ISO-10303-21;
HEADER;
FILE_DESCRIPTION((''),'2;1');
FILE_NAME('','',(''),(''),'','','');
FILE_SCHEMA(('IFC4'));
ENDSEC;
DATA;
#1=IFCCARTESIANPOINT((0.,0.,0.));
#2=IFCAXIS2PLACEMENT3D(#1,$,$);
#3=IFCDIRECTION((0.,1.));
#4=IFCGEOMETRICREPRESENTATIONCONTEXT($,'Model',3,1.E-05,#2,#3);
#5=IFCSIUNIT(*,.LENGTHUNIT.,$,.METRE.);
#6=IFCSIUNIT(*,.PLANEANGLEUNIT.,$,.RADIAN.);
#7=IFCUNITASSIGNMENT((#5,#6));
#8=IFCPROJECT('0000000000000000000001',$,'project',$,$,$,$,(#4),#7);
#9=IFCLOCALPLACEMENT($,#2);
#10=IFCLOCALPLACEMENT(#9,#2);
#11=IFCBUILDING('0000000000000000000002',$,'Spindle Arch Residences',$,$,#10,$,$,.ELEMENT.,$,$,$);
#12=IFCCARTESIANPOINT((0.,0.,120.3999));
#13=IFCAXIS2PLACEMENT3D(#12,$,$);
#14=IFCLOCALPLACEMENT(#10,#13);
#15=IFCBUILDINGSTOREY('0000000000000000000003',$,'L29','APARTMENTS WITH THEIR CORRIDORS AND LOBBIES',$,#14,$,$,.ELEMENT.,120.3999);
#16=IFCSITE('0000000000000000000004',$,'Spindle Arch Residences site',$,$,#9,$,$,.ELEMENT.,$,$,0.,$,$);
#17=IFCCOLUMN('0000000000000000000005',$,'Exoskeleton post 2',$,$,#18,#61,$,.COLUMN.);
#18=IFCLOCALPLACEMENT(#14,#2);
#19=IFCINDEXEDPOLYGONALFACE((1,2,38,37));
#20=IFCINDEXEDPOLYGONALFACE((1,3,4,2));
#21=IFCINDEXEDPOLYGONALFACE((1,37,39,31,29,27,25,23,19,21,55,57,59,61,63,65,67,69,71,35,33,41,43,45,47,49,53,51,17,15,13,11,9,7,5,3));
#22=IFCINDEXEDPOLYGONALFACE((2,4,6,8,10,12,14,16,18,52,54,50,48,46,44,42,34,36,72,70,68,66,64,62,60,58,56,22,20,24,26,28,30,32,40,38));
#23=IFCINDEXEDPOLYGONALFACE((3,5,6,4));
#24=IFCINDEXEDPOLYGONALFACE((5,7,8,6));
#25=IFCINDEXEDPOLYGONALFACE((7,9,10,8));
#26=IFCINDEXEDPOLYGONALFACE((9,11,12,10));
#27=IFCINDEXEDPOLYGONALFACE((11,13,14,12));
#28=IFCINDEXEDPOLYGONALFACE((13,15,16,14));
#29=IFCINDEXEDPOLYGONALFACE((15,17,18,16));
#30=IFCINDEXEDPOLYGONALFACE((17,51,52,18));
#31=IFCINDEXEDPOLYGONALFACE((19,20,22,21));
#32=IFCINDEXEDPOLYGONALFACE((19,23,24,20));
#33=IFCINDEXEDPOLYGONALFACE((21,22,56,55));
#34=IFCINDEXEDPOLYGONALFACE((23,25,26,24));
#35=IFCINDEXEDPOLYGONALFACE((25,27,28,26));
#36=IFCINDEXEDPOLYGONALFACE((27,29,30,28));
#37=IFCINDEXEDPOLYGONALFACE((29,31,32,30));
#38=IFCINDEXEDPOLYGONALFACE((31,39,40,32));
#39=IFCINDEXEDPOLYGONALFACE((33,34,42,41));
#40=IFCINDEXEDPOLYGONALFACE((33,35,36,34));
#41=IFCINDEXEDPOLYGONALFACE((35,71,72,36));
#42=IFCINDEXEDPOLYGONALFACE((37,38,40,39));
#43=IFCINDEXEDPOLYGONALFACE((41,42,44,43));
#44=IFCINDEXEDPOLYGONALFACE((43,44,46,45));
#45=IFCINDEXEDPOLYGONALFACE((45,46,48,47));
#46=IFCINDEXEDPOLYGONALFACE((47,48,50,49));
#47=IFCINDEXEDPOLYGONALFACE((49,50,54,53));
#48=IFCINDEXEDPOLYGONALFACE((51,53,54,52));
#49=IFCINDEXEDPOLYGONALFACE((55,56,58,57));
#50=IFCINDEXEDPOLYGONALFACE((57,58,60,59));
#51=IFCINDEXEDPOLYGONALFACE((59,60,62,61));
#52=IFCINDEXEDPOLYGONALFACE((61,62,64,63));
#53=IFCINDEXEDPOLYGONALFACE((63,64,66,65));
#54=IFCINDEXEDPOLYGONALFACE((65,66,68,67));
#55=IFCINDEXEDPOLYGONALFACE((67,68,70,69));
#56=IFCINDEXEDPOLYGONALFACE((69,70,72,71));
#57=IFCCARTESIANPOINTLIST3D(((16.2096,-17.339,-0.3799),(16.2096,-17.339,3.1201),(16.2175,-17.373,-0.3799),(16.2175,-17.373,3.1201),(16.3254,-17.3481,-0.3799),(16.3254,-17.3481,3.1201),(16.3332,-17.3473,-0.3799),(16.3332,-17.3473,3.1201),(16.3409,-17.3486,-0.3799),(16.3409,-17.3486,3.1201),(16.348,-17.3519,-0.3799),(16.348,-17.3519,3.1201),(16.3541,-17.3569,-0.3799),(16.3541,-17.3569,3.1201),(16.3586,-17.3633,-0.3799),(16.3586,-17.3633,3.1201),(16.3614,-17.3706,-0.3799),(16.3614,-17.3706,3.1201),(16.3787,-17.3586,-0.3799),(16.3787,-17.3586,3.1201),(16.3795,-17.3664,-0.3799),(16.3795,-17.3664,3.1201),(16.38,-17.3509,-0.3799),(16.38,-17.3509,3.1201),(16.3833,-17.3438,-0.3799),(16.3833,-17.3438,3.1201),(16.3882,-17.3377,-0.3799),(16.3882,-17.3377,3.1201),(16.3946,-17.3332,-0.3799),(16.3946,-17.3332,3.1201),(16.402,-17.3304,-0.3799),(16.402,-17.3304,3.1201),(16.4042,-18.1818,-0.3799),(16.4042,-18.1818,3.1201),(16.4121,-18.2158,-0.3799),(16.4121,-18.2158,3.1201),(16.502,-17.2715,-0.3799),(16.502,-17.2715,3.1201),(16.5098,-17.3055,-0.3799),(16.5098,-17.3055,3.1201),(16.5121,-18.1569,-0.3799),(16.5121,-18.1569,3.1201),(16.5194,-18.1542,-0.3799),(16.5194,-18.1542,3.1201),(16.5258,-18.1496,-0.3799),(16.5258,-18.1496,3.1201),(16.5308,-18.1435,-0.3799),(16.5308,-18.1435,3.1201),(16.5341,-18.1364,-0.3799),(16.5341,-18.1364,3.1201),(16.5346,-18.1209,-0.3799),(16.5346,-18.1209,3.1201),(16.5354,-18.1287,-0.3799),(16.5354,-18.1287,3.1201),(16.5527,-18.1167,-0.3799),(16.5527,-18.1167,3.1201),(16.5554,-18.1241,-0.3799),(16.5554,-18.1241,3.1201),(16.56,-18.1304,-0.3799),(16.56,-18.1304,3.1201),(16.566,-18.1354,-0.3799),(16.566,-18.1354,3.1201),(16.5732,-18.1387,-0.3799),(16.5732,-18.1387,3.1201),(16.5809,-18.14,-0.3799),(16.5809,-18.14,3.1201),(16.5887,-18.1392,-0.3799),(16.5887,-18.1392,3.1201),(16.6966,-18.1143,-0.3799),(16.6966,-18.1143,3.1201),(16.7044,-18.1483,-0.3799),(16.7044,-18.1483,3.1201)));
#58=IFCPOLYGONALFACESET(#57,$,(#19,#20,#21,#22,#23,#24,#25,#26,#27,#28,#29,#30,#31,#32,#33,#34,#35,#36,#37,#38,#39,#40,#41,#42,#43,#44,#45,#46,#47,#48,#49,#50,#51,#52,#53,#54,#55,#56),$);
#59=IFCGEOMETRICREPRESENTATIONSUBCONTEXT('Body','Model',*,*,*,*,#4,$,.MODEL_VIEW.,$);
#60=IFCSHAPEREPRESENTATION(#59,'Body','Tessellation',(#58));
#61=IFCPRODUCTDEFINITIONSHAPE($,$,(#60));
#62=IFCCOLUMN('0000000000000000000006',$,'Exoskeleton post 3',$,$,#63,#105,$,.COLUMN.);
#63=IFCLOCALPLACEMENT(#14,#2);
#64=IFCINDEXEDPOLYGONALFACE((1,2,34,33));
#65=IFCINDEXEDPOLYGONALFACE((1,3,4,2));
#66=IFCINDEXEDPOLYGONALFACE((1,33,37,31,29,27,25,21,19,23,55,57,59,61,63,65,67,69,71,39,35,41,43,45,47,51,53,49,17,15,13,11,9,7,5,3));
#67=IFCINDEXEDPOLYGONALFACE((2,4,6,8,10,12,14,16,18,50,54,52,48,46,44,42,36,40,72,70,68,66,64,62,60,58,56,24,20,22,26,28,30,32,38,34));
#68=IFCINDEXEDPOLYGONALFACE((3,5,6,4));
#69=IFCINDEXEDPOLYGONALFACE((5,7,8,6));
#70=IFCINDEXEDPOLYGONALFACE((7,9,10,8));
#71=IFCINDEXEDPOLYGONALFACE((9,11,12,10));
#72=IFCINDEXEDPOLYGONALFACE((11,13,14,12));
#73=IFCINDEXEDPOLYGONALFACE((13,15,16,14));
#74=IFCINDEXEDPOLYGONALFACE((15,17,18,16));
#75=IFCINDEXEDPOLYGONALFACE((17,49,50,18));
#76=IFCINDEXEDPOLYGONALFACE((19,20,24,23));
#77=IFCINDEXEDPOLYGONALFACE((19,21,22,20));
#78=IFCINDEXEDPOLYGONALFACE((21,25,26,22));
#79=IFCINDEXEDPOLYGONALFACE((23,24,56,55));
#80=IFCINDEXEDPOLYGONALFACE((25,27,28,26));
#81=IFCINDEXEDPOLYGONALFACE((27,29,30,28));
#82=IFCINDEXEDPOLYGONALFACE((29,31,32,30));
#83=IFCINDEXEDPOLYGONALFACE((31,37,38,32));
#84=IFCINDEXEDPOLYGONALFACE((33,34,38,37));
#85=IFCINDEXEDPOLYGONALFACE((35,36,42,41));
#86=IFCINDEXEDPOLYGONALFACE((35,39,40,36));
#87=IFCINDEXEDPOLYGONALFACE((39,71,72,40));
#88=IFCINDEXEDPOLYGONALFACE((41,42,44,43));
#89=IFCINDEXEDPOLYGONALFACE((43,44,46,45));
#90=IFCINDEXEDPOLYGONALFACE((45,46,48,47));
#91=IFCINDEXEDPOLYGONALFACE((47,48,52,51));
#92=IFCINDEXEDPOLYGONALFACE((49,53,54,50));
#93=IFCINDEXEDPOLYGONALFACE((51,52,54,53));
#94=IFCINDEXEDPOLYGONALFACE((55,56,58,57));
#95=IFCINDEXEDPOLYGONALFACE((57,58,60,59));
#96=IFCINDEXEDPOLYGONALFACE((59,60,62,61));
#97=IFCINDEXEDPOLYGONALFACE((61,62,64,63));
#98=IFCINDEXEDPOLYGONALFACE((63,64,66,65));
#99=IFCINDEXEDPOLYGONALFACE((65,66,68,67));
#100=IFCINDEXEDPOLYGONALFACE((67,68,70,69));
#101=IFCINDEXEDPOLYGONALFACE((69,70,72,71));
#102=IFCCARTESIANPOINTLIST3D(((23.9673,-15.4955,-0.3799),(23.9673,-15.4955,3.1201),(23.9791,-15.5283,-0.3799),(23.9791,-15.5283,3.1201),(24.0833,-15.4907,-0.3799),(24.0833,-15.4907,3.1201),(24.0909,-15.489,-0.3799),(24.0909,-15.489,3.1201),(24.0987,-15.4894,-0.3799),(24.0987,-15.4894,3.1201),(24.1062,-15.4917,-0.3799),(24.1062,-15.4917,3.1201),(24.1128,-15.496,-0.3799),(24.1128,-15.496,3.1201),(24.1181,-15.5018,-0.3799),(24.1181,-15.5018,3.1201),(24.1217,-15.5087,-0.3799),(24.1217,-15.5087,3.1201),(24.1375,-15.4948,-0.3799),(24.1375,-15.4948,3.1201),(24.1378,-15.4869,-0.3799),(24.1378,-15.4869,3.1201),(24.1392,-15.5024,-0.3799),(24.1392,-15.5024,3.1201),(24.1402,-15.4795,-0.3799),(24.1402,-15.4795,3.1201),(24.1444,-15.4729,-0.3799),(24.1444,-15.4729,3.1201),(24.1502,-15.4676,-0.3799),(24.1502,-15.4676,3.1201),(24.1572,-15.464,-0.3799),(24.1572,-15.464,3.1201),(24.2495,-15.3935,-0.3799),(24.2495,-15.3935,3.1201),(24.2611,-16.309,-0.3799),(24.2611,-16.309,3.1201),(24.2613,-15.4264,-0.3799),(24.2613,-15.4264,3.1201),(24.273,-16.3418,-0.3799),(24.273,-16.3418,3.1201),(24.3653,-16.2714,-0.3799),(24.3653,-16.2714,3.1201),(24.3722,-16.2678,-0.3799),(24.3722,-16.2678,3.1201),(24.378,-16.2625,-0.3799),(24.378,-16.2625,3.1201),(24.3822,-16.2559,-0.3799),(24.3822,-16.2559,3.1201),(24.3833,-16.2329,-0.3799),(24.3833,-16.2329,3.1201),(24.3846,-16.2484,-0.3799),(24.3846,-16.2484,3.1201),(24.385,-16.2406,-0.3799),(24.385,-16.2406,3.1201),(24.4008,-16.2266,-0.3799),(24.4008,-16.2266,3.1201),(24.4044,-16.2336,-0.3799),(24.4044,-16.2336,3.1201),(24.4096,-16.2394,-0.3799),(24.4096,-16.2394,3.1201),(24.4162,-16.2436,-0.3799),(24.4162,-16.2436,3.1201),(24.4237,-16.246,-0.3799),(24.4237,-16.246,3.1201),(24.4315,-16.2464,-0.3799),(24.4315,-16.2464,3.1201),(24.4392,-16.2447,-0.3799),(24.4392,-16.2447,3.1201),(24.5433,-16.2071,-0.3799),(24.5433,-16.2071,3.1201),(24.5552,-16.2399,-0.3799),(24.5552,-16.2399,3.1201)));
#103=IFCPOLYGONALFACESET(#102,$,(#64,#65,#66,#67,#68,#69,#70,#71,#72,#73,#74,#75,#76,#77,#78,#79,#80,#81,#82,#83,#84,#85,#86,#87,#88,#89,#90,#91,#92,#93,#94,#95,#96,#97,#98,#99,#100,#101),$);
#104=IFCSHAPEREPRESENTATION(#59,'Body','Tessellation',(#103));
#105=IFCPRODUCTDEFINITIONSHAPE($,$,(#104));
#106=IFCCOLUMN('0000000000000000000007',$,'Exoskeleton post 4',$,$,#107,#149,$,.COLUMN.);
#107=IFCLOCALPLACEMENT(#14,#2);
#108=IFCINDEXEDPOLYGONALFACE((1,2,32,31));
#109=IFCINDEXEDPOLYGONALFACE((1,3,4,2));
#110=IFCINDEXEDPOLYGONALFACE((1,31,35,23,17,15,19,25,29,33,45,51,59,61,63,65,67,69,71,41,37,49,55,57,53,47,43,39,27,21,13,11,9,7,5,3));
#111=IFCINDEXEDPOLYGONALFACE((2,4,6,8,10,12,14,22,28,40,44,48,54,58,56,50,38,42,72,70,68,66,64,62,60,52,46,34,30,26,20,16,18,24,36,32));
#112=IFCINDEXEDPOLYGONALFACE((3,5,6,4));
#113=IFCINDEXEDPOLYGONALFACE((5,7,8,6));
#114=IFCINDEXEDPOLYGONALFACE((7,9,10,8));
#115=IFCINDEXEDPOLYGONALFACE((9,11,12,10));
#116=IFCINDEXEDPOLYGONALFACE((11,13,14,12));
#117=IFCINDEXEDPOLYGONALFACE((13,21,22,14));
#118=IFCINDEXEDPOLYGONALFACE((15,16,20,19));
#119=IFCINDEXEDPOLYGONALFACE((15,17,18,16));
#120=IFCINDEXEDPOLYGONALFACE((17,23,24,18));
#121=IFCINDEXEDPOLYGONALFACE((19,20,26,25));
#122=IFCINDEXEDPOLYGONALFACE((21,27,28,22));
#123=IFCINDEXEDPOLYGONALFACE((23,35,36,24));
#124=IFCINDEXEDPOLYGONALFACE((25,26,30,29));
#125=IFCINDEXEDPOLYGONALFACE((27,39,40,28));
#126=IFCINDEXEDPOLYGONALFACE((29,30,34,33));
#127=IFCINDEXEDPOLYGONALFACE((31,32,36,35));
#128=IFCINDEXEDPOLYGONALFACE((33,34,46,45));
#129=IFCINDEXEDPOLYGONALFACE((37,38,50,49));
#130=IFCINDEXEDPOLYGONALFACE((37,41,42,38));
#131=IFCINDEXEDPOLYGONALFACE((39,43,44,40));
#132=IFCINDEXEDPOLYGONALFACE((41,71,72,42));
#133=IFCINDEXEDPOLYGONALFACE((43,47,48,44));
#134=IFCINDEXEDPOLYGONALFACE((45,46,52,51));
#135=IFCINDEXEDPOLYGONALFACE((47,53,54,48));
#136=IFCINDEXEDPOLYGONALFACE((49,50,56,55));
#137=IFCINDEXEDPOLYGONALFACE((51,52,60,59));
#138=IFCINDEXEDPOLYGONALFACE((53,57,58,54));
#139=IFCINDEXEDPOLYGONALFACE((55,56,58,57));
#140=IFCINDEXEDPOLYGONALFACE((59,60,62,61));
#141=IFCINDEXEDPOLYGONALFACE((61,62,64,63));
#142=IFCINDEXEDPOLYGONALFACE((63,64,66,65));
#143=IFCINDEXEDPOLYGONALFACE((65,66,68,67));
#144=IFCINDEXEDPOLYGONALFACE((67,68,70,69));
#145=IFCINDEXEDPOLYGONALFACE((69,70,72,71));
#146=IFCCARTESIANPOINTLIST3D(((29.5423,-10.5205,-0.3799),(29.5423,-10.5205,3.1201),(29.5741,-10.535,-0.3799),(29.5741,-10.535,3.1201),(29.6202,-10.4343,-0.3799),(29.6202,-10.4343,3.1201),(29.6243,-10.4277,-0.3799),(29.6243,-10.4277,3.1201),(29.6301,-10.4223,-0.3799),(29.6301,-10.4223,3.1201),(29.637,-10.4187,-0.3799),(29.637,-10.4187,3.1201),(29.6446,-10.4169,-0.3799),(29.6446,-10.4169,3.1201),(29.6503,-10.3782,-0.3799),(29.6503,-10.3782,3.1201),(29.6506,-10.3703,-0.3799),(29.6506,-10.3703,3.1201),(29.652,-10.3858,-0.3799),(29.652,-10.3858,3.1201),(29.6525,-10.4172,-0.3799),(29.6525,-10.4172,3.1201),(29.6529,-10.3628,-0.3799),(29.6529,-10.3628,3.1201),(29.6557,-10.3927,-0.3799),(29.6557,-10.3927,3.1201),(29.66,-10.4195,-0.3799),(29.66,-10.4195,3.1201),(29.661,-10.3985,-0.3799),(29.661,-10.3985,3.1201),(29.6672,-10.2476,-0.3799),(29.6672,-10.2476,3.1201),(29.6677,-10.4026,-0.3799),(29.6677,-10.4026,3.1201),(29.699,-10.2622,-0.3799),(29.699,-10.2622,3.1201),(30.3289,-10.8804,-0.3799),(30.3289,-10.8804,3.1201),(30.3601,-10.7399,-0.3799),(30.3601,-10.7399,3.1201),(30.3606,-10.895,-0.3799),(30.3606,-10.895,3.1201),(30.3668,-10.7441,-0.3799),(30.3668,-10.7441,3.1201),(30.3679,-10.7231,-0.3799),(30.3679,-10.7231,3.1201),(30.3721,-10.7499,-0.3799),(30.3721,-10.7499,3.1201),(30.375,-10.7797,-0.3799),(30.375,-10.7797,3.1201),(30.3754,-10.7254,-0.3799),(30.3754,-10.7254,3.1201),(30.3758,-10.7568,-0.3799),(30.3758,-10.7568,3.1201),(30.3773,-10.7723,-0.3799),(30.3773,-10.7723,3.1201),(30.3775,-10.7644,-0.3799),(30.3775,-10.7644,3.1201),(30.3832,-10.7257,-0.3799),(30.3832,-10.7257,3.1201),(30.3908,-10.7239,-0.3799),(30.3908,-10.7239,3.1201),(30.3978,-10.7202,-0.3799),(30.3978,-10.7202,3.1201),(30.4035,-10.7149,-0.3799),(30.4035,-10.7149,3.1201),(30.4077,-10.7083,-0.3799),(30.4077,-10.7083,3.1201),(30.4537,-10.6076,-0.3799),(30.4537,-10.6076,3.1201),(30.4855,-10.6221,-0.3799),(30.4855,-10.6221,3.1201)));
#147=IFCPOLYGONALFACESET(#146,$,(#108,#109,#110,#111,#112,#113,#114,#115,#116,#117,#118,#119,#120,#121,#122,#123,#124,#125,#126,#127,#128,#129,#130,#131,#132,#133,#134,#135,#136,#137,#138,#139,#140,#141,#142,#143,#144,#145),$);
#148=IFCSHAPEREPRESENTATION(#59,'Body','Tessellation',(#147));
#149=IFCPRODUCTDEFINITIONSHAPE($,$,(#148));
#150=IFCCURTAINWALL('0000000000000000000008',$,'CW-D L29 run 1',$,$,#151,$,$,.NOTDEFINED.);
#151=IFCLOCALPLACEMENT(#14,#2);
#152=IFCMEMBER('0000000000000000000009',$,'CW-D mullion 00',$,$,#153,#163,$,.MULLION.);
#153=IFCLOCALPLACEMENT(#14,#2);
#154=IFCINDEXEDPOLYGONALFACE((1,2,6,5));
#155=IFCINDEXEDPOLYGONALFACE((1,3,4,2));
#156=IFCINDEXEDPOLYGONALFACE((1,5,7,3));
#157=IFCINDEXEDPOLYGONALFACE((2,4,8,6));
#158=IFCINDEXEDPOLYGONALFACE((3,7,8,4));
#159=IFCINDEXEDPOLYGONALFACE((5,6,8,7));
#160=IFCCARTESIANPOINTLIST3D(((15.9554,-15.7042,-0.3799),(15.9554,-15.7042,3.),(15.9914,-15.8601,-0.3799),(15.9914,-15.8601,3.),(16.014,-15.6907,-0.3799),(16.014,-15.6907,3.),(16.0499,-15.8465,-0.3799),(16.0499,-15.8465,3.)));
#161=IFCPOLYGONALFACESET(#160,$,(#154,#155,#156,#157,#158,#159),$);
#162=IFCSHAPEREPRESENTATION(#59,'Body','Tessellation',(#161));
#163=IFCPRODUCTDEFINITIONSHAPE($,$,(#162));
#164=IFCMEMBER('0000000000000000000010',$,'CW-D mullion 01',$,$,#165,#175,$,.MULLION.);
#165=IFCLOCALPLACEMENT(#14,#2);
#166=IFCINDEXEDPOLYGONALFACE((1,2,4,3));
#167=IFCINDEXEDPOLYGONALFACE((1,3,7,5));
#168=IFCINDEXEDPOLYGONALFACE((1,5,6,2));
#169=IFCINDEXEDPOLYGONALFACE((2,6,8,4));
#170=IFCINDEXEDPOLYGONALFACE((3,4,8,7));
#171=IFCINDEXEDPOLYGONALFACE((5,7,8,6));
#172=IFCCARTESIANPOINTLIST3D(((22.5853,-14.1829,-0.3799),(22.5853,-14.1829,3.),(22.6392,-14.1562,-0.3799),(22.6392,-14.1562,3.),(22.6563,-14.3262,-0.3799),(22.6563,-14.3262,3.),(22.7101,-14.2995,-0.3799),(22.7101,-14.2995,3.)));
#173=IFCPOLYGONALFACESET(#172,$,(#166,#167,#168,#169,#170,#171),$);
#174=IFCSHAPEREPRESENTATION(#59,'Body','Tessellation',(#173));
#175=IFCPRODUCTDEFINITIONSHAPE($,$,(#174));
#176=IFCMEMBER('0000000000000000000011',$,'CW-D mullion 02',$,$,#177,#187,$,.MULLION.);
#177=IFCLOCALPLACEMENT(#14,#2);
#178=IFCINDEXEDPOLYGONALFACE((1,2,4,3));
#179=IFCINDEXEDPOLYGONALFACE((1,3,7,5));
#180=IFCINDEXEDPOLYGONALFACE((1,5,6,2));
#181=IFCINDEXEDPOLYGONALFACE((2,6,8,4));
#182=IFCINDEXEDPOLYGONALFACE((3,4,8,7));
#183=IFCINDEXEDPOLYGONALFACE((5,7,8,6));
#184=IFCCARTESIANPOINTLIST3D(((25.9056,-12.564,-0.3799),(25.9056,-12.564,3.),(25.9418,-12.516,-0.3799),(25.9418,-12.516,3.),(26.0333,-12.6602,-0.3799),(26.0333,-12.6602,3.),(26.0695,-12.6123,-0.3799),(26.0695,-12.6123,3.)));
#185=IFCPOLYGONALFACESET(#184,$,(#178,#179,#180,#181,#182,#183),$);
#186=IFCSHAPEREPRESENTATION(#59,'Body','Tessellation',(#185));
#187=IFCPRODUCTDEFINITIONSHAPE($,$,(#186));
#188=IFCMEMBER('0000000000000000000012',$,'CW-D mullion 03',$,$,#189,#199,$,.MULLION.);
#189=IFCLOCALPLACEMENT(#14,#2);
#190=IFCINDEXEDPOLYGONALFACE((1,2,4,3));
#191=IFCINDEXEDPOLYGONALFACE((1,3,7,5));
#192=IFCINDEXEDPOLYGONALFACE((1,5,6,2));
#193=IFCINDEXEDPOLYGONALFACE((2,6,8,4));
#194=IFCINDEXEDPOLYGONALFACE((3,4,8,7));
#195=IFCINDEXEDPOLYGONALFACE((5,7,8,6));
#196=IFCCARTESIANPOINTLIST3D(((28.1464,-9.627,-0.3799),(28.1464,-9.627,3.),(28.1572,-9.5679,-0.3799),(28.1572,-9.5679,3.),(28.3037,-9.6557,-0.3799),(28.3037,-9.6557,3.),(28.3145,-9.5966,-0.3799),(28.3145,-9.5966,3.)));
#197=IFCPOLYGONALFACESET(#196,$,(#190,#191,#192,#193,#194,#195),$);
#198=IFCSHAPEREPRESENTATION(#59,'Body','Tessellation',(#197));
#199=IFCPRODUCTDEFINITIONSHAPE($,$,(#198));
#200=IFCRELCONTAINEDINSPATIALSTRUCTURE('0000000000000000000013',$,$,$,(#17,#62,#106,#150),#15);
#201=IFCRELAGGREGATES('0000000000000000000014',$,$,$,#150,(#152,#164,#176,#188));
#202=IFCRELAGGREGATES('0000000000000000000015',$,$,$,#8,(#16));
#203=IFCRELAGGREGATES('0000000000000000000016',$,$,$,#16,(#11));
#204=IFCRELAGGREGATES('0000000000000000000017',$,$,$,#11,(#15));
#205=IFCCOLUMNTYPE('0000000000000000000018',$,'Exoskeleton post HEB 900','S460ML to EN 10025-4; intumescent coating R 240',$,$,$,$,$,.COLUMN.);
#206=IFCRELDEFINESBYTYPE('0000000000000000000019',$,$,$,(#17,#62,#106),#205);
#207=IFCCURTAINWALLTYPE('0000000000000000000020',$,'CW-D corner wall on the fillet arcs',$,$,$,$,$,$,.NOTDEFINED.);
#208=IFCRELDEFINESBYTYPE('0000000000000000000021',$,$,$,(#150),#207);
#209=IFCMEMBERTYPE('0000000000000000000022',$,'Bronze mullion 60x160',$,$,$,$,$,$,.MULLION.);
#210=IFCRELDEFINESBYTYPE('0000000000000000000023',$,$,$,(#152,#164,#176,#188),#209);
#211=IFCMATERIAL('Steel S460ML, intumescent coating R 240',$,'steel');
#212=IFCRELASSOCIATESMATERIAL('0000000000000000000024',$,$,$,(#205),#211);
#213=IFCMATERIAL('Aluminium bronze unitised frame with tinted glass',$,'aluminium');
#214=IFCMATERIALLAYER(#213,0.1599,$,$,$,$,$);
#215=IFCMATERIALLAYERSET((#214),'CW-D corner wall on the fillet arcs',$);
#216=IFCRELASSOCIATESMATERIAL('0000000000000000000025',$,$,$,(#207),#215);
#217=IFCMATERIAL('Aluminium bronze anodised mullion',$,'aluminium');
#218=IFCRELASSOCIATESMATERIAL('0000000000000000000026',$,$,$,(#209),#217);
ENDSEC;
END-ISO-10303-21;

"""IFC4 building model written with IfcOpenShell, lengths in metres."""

from ifc_helpers import new_model, si_unit, direction, frame, origin, origin_2d, place, context, subcontext, project, spatial, rectangle, i_section, extrude, material, layer, layer_set, material_profile, profile_set, type_object, element, aggregate, save


model = new_model("IFC4")

# Units and contexts
model_context = context("Model", 3, precision=1e-05, world=origin(), true_north=direction((0.0, 1.0)))
body_context = subcontext(model_context, "Body", "Model", "MODEL_VIEW")
ifc_project = project(units=[si_unit("LENGTHUNIT", "METRE"), si_unit("PLANEANGLEUNIT", "RADIAN")], contexts=[model_context])

# Site, building, storey
site_placement = place(None, origin())
site = spatial("IfcSite", under=ifc_project, at=site_placement, Name="Spindle Arch Residences site", CompositionType="ELEMENT", RefElevation=0.0)
building_placement = place(site_placement, origin())
building = spatial("IfcBuilding", under=site, at=building_placement, Name="Spindle Arch Residences", CompositionType="ELEMENT")
storey_placement = place(building_placement, frame((0.0, 0.0, 120.3999)))
storey = spatial("IfcBuildingStorey", under=building, at=storey_placement, Name="L29", Description="APARTMENTS WITH THEIR CORRIDORS AND LOBBIES", CompositionType="ELEMENT", Elevation=120.3999)

# Columns
ifc_material_1 = material(Name="Steel S460ML, intumescent coating R 240", Category="steel")
ifc_material_profile_1 = material_profile(ifc_material_1, i_section(OverallWidth=0.3, OverallDepth=0.8999, WebThickness=0.0186, FlangeThickness=0.0349, FilletRadius=0.03, at=origin_2d()), Name="HEB 900")
ifc_profile_set_1 = profile_set([ifc_material_profile_1], Name="Steel S460ML, intumescent coating R 240")
column_type = type_object("IfcColumnType", Name="Exoskeleton post HEB 900", Description="S460ML to EN 10025-4; intumescent coating R 240", PredefinedType="COLUMN", material=ifc_profile_set_1)
for number, where, z_axis, x_axis, name in (
    (1, (16.457, -17.7437, -0.3799), (0.0, 0.0, 1.0), (-0.97437, -0.224951, 0.0), "Exoskeleton post 2"),
    (2, (24.2612, -15.8677, -0.3799), (0.0, 0.0, 1.0), (-0.940523, -0.339729, 0.0), "Exoskeleton post 3"),
    (3, (30.0139, -10.5713, -0.3799), (0.0, 0.0, 1.0), (-0.416144, -0.909299, 0.0), "Exoskeleton post 4"),
):
    element("IfcColumn", number, at=place(storey_placement, frame(where, z_axis=z_axis, x_axis=x_axis)), inside=storey, type_object=column_type, Name=name, PredefinedType="COLUMN", context=body_context, shape_type="SweptSolid", body=[
        extrude(i_section(OverallWidth=0.3, OverallDepth=0.8999, WebThickness=0.0186, FlangeThickness=0.0349, FilletRadius=0.03, at=origin_2d()), origin(), (0.0, 0.0, 1.0), 3.5),
    ])

# Curtain wall, members
ifc_material_2 = material(Name="Aluminium bronze unitised frame with tinted glass", Category="aluminium")
ifc_layer_1 = layer(ifc_material_2, 0.1599)
ifc_layer_set_1 = layer_set([ifc_layer_1], Name="CW-D corner wall on the fillet arcs")
curtain_wall_type = type_object("IfcCurtainWallType", Name="CW-D corner wall on the fillet arcs", PredefinedType="NOTDEFINED", material=ifc_layer_set_1)
curtain_wall_placement = place(storey_placement, origin())
curtain_wall = element("IfcCurtainWall", 4, at=curtain_wall_placement, inside=storey, type_object=curtain_wall_type, Name="CW-D L29 run 1", PredefinedType="NOTDEFINED")
ifc_material_3 = material(Name="Aluminium bronze anodised mullion", Category="aluminium")
ifc_material_profile_2 = material_profile(ifc_material_3, rectangle(XDim=0.1599, YDim=0.0601, at=origin_2d()), Name="MU 60x160")
ifc_profile_set_2 = profile_set([ifc_material_profile_2], Name="Aluminium bronze anodised mullion")
member_type_1 = type_object("IfcMemberType", Name="Bronze mullion 60x160", PredefinedType="MULLION", material=ifc_profile_set_2)
member_1_placement = place(storey_placement, frame((16.0027, -15.7754, -0.3799), z_axis=(0.0, 0.0, 1.0), x_axis=(-0.224951, 0.97437, 0.0)))
member_1 = element("IfcMember", 5, at=member_1_placement, type_object=member_type_1, Name="CW-D mullion 00", PredefinedType="MULLION", context=body_context, shape_type="SweptSolid", body=[
    extrude(rectangle(XDim=0.1599, YDim=0.0601, at=origin_2d()), origin(), (0.0, 0.0, 1.0), 3.3799),
])
member_2_placement = place(storey_placement, frame((22.6477, -14.2412, -0.3799), z_axis=(0.0, 0.0, 1.0), x_axis=(-0.443593, 0.896229, 0.0)))
member_2 = element("IfcMember", 6, at=member_2_placement, type_object=member_type_1, Name="CW-D mullion 01", PredefinedType="MULLION", context=body_context, shape_type="SweptSolid", body=[
    extrude(rectangle(XDim=0.1599, YDim=0.0601, at=origin_2d()), origin(), (0.0, 0.0, 1.0), 3.3799),
])
member_3_placement = place(storey_placement, frame((25.9875, -12.5881, -0.3799), z_axis=(0.0, 0.0, 1.0), x_axis=(-0.798636, 0.601815, 0.0)))
member_3 = element("IfcMember", 7, at=member_3_placement, type_object=member_type_1, Name="CW-D mullion 02", PredefinedType="MULLION", context=body_context, shape_type="SweptSolid", body=[
    extrude(rectangle(XDim=0.1599, YDim=0.0601, at=origin_2d()), origin(), (0.0, 0.0, 1.0), 3.3799),
])
member_4_placement = place(storey_placement, frame((28.2305, -9.6118, -0.3799), z_axis=(0.0, 0.0, 1.0), x_axis=(-0.983781, 0.179375, 0.0)))
member_4 = element("IfcMember", 8, at=member_4_placement, type_object=member_type_1, Name="CW-D mullion 03", PredefinedType="MULLION", context=body_context, shape_type="SweptSolid", body=[
    extrude(rectangle(XDim=0.1599, YDim=0.0601, at=origin_2d()), origin(), (0.0, 0.0, 1.0), 3.3799),
])

aggregate(curtain_wall, [member_1, member_2, member_3, member_4])

save(model, "model.ifc")
